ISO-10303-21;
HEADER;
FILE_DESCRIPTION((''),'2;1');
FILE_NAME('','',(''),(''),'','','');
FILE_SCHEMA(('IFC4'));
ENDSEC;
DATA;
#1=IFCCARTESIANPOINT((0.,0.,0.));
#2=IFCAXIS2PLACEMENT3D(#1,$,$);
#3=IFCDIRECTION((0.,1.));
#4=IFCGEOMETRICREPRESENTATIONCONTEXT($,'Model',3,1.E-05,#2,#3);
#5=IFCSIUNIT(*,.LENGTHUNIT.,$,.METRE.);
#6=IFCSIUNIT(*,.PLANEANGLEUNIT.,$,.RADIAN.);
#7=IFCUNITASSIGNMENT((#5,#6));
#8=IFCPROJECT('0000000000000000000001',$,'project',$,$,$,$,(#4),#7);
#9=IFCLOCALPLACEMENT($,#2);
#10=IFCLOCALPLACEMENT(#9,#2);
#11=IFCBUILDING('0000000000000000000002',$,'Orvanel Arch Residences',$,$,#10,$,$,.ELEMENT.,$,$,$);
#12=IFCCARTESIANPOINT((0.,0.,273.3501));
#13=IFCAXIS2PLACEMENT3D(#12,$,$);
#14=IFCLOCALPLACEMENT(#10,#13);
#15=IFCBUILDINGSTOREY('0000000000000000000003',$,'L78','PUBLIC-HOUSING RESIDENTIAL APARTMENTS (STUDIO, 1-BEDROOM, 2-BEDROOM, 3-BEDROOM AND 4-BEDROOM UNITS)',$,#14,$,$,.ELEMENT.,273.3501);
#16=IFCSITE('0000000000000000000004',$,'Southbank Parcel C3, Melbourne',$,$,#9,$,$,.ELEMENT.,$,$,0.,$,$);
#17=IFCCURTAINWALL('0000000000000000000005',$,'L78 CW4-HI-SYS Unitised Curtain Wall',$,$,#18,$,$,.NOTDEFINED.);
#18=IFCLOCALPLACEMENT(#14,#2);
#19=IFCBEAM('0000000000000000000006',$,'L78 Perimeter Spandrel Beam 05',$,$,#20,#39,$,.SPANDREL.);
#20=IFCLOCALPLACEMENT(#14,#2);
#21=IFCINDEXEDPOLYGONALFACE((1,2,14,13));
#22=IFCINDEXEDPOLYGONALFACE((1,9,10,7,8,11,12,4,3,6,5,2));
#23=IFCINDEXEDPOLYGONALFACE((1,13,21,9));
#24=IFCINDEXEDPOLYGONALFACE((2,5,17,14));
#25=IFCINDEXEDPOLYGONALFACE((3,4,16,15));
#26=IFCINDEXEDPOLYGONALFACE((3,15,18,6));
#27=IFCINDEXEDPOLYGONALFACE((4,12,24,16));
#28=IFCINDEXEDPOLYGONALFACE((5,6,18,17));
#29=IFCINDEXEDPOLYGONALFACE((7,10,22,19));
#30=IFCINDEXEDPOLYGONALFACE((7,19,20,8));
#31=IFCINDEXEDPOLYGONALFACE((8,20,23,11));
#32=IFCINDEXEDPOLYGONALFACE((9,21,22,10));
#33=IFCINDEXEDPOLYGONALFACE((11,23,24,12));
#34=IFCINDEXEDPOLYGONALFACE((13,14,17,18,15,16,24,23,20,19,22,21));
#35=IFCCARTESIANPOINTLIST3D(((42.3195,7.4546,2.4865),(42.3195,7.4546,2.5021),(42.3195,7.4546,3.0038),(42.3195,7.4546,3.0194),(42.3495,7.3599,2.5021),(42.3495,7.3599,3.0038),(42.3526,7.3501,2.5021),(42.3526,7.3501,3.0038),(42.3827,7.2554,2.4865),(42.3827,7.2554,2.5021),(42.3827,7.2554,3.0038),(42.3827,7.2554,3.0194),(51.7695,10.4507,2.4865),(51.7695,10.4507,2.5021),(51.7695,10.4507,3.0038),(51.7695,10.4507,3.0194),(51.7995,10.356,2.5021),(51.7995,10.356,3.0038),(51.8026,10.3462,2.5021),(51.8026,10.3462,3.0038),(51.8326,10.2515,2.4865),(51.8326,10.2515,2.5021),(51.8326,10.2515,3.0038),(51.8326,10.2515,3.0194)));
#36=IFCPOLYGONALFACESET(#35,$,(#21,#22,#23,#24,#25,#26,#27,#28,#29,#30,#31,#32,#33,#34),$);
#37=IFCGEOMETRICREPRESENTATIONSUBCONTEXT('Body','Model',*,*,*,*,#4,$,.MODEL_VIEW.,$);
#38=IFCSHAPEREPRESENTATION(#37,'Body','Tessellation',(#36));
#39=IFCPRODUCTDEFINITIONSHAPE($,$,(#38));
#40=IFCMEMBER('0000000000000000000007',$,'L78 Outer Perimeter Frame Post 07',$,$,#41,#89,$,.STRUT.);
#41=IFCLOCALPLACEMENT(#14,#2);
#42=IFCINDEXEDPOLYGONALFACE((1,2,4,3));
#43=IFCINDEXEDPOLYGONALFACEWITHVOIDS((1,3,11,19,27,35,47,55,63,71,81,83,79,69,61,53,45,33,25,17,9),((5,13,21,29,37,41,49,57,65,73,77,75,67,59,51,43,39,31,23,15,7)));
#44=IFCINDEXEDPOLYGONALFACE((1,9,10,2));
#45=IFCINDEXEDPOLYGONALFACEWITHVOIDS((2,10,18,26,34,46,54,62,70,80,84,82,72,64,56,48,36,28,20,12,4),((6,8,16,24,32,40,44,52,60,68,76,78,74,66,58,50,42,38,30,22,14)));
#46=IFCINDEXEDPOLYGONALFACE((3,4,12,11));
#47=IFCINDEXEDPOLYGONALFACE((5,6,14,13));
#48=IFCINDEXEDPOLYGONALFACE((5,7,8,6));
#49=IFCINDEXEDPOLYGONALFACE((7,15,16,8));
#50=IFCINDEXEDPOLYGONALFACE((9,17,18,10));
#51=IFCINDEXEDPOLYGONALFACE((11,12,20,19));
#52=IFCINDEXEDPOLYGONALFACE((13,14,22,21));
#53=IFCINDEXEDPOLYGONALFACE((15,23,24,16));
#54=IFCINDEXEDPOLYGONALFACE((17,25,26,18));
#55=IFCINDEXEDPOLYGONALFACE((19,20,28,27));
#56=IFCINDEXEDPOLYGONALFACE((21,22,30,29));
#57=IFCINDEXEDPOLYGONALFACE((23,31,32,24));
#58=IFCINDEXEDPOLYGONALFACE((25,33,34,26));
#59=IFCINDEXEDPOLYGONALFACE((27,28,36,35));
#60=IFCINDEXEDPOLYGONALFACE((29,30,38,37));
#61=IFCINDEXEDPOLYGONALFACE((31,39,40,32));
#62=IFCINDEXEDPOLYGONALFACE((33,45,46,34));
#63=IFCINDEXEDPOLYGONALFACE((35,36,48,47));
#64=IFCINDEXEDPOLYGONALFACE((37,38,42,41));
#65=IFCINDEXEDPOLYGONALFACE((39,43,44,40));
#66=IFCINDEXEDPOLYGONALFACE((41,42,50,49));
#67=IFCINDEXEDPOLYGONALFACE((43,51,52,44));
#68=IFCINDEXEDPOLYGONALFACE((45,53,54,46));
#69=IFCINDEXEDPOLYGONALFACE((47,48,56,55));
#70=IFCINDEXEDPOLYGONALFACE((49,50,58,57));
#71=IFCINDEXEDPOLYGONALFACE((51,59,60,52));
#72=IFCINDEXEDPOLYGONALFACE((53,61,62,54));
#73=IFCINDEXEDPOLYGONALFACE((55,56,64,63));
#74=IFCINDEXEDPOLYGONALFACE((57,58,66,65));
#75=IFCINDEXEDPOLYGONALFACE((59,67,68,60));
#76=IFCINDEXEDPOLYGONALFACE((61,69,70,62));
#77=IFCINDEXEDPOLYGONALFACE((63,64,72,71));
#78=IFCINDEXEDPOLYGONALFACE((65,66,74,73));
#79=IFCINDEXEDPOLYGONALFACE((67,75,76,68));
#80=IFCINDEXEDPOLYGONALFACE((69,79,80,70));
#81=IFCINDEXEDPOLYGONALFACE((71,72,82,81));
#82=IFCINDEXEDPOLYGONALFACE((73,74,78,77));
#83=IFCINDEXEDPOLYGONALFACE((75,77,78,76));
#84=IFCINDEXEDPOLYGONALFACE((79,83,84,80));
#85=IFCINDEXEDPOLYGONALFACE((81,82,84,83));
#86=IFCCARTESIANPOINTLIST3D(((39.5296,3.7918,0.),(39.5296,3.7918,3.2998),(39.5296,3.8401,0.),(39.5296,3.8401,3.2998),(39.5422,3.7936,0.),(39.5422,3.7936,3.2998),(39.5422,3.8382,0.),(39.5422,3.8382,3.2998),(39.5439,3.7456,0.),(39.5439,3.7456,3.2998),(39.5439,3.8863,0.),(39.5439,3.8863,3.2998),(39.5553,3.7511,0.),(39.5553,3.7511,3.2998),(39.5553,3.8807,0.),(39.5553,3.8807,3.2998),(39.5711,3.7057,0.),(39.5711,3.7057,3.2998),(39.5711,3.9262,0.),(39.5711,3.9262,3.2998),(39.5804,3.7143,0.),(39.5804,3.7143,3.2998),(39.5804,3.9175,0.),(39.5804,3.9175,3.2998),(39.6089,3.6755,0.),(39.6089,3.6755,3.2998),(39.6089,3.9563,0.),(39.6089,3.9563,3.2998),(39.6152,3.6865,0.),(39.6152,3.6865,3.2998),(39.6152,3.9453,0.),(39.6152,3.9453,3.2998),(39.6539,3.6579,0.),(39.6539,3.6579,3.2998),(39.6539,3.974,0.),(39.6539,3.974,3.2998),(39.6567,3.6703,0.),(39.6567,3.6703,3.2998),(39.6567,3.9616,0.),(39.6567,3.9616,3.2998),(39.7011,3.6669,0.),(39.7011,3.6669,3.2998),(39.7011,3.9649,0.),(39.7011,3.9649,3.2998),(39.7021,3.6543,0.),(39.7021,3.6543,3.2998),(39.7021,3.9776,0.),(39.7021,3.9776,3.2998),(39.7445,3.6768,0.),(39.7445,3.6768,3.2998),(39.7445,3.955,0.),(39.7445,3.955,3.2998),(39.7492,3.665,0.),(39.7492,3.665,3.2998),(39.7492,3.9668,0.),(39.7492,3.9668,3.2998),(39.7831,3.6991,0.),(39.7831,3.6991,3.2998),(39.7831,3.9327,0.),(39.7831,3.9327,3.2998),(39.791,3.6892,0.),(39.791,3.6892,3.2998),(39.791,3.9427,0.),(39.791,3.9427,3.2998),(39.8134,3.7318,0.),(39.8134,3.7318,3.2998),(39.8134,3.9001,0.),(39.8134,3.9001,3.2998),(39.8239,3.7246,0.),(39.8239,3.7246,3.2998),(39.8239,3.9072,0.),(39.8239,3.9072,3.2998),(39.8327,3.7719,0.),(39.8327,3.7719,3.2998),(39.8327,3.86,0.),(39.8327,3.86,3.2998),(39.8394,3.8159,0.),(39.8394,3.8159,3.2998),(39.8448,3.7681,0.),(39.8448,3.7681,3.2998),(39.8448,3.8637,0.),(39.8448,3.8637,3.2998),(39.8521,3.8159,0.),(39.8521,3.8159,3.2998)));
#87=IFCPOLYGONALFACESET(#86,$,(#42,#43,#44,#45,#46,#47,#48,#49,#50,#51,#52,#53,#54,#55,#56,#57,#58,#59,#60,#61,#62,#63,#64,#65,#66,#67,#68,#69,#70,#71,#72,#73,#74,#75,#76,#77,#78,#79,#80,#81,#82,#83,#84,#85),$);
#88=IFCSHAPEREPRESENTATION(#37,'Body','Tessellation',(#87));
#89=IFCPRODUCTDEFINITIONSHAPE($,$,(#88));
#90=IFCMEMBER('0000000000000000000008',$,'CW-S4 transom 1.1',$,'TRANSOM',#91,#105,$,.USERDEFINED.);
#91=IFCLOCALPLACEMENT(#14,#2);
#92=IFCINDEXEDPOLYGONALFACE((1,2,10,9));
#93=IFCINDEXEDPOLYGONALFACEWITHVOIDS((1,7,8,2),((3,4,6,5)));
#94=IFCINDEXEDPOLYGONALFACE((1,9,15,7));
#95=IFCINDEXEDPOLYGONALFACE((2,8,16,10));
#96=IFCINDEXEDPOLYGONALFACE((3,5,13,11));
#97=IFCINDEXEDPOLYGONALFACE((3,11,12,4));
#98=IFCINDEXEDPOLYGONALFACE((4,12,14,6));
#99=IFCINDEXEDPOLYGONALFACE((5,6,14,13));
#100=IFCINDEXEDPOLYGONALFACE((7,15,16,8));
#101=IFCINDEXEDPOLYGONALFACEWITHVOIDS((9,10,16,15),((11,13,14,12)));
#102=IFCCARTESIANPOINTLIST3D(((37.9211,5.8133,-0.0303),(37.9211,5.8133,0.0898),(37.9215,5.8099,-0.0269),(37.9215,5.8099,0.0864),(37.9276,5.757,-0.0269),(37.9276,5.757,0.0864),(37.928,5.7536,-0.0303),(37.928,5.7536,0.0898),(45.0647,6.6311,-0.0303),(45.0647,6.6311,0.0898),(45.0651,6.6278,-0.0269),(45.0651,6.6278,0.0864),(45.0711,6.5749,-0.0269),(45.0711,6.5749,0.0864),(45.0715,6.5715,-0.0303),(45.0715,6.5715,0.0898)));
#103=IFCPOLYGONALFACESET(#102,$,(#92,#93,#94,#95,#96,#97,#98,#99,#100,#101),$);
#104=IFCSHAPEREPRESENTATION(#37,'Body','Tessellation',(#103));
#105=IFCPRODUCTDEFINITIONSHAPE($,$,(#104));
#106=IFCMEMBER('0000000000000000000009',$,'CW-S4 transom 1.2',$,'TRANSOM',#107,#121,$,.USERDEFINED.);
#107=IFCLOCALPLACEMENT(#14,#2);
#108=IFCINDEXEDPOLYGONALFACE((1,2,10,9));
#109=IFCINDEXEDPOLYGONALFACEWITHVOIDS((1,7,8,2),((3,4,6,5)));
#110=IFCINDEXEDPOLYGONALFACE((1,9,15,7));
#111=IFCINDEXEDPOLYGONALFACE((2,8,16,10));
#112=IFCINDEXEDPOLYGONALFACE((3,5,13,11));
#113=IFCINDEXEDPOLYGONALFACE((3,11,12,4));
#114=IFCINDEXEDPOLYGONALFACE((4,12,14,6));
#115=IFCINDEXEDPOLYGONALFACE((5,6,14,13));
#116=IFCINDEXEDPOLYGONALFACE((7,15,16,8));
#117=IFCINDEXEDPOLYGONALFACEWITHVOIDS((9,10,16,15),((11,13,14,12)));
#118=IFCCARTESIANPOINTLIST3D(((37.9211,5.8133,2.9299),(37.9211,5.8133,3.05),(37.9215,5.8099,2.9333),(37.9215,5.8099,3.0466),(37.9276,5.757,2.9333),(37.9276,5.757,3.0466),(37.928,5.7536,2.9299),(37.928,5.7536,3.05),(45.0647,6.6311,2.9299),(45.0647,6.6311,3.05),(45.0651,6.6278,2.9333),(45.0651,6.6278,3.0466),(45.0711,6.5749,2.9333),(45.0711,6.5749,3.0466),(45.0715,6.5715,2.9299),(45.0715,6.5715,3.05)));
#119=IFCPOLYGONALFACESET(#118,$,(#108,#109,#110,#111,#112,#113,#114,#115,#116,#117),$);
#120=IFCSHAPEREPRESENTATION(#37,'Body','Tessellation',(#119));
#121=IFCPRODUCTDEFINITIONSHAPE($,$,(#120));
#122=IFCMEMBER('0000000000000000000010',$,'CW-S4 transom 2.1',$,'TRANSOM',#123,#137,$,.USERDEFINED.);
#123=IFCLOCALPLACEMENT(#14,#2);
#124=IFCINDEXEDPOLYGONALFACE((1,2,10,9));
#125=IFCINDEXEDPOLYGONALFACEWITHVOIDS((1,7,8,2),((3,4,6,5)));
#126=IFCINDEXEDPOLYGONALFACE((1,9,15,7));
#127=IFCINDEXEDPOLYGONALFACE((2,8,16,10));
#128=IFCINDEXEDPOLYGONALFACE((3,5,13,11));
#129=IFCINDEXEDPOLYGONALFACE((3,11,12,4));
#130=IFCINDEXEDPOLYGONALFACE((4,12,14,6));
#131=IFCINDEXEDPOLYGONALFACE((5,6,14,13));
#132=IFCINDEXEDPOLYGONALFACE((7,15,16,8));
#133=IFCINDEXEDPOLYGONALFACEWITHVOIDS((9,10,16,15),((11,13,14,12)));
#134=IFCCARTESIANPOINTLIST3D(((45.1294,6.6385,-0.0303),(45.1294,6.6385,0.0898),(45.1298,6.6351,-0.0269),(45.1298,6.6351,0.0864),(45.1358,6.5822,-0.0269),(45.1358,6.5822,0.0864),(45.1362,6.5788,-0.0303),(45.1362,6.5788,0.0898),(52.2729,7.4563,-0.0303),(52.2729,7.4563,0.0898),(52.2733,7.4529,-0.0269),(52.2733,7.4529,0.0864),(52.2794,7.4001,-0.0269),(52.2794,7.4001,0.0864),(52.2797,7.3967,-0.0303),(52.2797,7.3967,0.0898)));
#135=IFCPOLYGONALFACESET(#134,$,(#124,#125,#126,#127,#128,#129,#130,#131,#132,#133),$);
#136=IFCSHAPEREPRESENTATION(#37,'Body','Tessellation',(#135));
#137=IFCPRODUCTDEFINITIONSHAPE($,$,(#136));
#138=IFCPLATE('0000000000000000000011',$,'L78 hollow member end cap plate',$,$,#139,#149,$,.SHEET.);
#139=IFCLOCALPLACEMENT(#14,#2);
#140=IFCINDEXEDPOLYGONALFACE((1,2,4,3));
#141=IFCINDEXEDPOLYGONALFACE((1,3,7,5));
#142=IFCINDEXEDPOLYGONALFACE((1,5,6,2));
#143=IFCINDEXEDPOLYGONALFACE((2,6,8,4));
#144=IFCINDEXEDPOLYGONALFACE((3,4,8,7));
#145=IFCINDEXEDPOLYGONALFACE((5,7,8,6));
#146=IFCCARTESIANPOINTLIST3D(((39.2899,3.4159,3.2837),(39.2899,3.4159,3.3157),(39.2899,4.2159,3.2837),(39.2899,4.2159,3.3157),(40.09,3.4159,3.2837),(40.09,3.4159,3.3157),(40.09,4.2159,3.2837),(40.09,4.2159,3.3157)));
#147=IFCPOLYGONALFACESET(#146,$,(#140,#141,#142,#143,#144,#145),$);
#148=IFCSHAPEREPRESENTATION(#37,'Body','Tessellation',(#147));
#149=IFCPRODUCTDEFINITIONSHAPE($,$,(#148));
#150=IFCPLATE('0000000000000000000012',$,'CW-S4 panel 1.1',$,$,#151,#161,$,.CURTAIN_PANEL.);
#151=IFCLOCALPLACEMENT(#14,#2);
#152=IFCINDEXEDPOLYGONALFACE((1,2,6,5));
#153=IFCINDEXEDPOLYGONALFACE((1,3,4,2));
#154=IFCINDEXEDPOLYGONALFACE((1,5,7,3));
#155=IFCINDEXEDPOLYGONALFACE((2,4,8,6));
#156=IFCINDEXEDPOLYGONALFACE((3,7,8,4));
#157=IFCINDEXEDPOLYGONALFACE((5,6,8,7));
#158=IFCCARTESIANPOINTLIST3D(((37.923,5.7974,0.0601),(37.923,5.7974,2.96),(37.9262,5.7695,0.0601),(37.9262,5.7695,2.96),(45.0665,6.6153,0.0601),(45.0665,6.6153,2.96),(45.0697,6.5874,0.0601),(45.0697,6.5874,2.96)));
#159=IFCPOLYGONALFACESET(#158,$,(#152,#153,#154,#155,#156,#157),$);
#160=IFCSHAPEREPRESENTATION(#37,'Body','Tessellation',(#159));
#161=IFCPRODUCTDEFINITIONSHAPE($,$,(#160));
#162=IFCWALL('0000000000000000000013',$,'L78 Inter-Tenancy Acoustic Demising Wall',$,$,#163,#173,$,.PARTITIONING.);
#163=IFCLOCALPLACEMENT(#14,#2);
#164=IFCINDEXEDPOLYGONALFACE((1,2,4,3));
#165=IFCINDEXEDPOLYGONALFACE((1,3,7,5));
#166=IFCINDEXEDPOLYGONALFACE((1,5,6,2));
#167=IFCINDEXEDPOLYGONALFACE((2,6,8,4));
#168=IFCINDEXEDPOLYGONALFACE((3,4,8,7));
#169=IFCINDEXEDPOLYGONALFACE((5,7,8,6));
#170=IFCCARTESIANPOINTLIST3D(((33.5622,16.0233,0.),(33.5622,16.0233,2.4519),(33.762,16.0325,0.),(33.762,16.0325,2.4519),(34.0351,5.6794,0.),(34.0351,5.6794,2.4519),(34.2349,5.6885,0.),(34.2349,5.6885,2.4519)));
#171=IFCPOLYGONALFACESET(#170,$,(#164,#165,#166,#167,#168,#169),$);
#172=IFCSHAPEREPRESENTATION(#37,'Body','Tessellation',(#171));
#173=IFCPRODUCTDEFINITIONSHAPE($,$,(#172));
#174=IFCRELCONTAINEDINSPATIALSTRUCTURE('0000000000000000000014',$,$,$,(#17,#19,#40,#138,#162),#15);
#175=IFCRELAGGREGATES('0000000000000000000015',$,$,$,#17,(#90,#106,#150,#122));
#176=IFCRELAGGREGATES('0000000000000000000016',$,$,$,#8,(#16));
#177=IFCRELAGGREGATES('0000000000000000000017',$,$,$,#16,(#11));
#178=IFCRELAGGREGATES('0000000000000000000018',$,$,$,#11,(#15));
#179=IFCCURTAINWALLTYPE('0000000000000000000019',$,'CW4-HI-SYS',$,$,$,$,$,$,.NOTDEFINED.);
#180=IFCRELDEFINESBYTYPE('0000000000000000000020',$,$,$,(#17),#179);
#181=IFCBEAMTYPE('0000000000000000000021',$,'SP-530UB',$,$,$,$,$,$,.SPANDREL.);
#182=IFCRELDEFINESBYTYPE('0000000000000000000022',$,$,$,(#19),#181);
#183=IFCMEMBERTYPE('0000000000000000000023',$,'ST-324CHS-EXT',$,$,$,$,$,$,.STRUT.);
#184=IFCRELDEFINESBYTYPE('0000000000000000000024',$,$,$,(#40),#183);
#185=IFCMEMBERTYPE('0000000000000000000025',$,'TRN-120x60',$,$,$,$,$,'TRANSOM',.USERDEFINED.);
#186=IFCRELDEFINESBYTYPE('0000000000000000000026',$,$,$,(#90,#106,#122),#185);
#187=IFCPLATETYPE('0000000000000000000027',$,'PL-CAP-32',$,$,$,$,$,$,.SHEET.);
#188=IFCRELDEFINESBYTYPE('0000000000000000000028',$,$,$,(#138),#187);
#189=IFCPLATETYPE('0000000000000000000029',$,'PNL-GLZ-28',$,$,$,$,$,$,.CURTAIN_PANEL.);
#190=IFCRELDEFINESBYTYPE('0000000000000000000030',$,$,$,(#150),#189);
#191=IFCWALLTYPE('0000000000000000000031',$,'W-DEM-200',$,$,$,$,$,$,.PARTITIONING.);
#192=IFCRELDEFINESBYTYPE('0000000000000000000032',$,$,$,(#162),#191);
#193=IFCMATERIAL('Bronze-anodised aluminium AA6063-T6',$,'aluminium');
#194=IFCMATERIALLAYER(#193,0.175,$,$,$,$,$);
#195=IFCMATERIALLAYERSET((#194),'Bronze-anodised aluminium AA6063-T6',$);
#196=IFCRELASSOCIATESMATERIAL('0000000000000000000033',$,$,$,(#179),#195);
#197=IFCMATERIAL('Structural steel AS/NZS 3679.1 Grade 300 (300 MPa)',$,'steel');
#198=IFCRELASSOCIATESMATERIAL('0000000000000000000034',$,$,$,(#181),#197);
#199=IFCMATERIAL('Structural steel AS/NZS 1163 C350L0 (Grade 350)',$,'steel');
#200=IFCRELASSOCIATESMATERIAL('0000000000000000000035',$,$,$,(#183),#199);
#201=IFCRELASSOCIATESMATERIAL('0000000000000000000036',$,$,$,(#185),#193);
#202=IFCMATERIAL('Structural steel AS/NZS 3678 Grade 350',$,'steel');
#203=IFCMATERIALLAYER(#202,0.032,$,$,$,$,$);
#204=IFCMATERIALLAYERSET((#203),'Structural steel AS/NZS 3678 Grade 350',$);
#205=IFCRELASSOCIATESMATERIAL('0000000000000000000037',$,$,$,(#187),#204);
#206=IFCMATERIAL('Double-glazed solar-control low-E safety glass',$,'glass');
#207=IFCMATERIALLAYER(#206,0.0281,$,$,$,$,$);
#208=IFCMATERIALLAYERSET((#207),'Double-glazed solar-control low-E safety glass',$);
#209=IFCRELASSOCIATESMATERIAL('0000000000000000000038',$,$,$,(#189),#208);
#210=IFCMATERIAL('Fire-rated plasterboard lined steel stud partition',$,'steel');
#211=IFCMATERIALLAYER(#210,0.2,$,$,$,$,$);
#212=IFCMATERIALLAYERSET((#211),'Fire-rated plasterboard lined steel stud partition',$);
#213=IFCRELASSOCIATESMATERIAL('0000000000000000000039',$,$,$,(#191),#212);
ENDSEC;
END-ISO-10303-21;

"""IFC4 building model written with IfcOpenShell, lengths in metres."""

from ifc_helpers import new_model, si_unit, direction, frame, frame_2d, origin, origin_2d, place, context, subcontext, project, spatial, rectangle, hollow_rectangle, hollow_circle, i_section, extrude, material, layer, layer_set, material_profile, profile_set, type_object, element, aggregate, save


model = new_model("IFC4")

# Units and contexts
model_context = context("Model", 3, precision=1e-05, world=origin(), true_north=direction((0.0, 1.0)))
body_context = subcontext(model_context, "Body", "Model", "MODEL_VIEW")
ifc_project = project(units=[si_unit("LENGTHUNIT", "METRE"), si_unit("PLANEANGLEUNIT", "RADIAN")], contexts=[model_context])

# Site, building, storey
site_placement = place(None, origin())
site = spatial("IfcSite", under=ifc_project, at=site_placement, Name="Southbank Parcel C3, Melbourne", CompositionType="ELEMENT", RefElevation=0.0)
building_placement = place(site_placement, origin())
building = spatial("IfcBuilding", under=site, at=building_placement, Name="Orvanel Arch Residences", CompositionType="ELEMENT")
storey_placement = place(building_placement, frame((0.0, 0.0, 273.3501)))
storey = spatial("IfcBuildingStorey", under=building, at=storey_placement, Name="L78", Description="PUBLIC-HOUSING RESIDENTIAL APARTMENTS (STUDIO, 1-BEDROOM, 2-BEDROOM, 3-BEDROOM AND 4-BEDROOM UNITS)", CompositionType="ELEMENT", Elevation=273.3501)

# Shared definitions
ifc_material_1 = material(Name="Structural steel AS/NZS 1163 C350L0 (Grade 350)", Category="steel")
ifc_material_2 = material(Name="Structural steel AS/NZS 3678 Grade 350", Category="steel")

# Curtain wall
ifc_material_3 = material(Name="Bronze-anodised aluminium AA6063-T6", Category="aluminium")
ifc_layer_1 = layer(ifc_material_3, 0.175)
ifc_layer_set_1 = layer_set([ifc_layer_1], Name="Bronze-anodised aluminium AA6063-T6")
curtain_wall_type = type_object("IfcCurtainWallType", Name="CW4-HI-SYS", PredefinedType="NOTDEFINED", material=ifc_layer_set_1)
curtain_wall_placement = place(storey_placement, origin())
curtain_wall = element("IfcCurtainWall", 1, at=curtain_wall_placement, inside=storey, type_object=curtain_wall_type, Name="L78 CW4-HI-SYS Unitised Curtain Wall", PredefinedType="NOTDEFINED")

# Beam
ifc_material_4 = material(Name="Structural steel AS/NZS 3679.1 Grade 300 (300 MPa)", Category="steel")
ifc_material_profile_1 = material_profile(ifc_material_4, i_section(OverallWidth=0.209, OverallDepth=0.533, WebThickness=0.0103, FlangeThickness=0.0156, at=origin_2d()), Name="530UB92.4")
ifc_profile_set_1 = profile_set([ifc_material_profile_1], Name="Structural steel AS/NZS 3679.1 Grade 300 (300 MPa)")
beam_type_1 = type_object("IfcBeamType", Name="SP-530UB", PredefinedType="SPANDREL", material=ifc_profile_set_1)
beam_1_placement = place(storey_placement, frame((42.3511, 7.355, 2.7529), z_axis=(0.953237, 0.302223, 0.0), x_axis=(-0.302223, 0.953237, 0.0)))
element("IfcBeam", 2, at=beam_1_placement, inside=storey, type_object=beam_type_1, Name="L78 Perimeter Spandrel Beam 05", PredefinedType="SPANDREL", context=body_context, shape_type="SweptSolid", body=[
    extrude(i_section(OverallWidth=0.209, OverallDepth=0.533, WebThickness=0.0103, FlangeThickness=0.0156, at=origin_2d()), origin(), (0.0, 0.0, 1.0), 9.9136),
])

# Members
ifc_material_profile_2 = material_profile(ifc_material_1, hollow_circle(Radius=0.1621, WallThickness=0.0127, at=origin_2d()), Name="CHS324x12.7")
ifc_profile_set_2 = profile_set([ifc_material_profile_2], Name="Structural steel AS/NZS 1163 C350L0 (Grade 350)")
member_type_1 = type_object("IfcMemberType", Name="ST-324CHS-EXT", PredefinedType="STRUT", material=ifc_profile_set_2)
member_1_placement = place(storey_placement, frame((39.6899, 3.8159, 0.0), z_axis=(0.0, 0.0, 1.0), x_axis=(1.0, 0.0, 0.0)))
element("IfcMember", 3, at=member_1_placement, inside=storey, type_object=member_type_1, Name="L78 Outer Perimeter Frame Post 07", PredefinedType="STRUT", context=body_context, shape_type="SweptSolid", body=[
    extrude(hollow_circle(Radius=0.1621, WallThickness=0.0127, at=origin_2d()), origin(), (0.0, 0.0, 1.0), 3.2998),
])
ifc_material_profile_3 = material_profile(ifc_material_3, hollow_rectangle(XDim=0.0601, YDim=0.1201, WallThickness=0.0034, at=origin_2d()), Name="ALU120x60x3.5")
ifc_profile_set_3 = profile_set([ifc_material_profile_3], Name="Bronze-anodised aluminium AA6063-T6")
member_type_2 = type_object("IfcMemberType", Name="TRN-120x60", ElementType="TRANSOM", PredefinedType="USERDEFINED", material=ifc_profile_set_3)
member_2_placement = place(storey_placement, frame((37.9246, 5.7834, 0.0298), z_axis=(0.99351, 0.113748, 0.0), x_axis=(-0.113748, 0.99351, 0.0)))
member_2 = element("IfcMember", 4, at=member_2_placement, type_object=member_type_2, Name="CW-S4 transom 1.1", ObjectType="TRANSOM", PredefinedType="USERDEFINED", context=body_context, shape_type="SweptSolid", body=[
    extrude(hollow_rectangle(XDim=0.0601, YDim=0.1201, WallThickness=0.0034, at=origin_2d()), origin(), (0.0, 0.0, 1.0), 7.1902),
])
member_3_placement = place(storey_placement, frame((37.9246, 5.7834, 2.99), z_axis=(0.99351, 0.113748, 0.0), x_axis=(-0.113748, 0.99351, 0.0)))
member_3 = element("IfcMember", 5, at=member_3_placement, type_object=member_type_2, Name="CW-S4 transom 1.2", ObjectType="TRANSOM", PredefinedType="USERDEFINED", context=body_context, shape_type="SweptSolid", body=[
    extrude(hollow_rectangle(XDim=0.0601, YDim=0.1201, WallThickness=0.0034, at=origin_2d()), origin(), (0.0, 0.0, 1.0), 7.1902),
])
member_4_placement = place(storey_placement, frame((45.1328, 6.6086, 0.0298), z_axis=(0.99351, 0.113748, 0.0), x_axis=(-0.113748, 0.99351, 0.0)))
member_4 = element("IfcMember", 6, at=member_4_placement, type_object=member_type_2, Name="CW-S4 transom 2.1", ObjectType="TRANSOM", PredefinedType="USERDEFINED", context=body_context, shape_type="SweptSolid", body=[
    extrude(hollow_rectangle(XDim=0.0601, YDim=0.1201, WallThickness=0.0034, at=origin_2d()), origin(), (0.0, 0.0, 1.0), 7.1902),
])

# Plates
ifc_layer_2 = layer(ifc_material_2, 0.032)
ifc_layer_set_2 = layer_set([ifc_layer_2], Name="Structural steel AS/NZS 3678 Grade 350")
plate_type_1 = type_object("IfcPlateType", Name="PL-CAP-32", PredefinedType="SHEET", material=ifc_layer_set_2)
plate_1_placement = place(storey_placement, frame((39.6899, 3.8159, 3.2837), z_axis=(0.0, 0.0, 1.0), x_axis=(1.0, 0.0, 0.0)))
element("IfcPlate", 7, at=plate_1_placement, inside=storey, type_object=plate_type_1, Name="L78 hollow member end cap plate", PredefinedType="SHEET", context=body_context, shape_type="SweptSolid", body=[
    extrude(rectangle(XDim=0.8, YDim=0.8, at=origin_2d()), origin(), (0.0, 0.0, 1.0), 0.032),
])
ifc_material_5 = material(Name="Double-glazed solar-control low-E safety glass", Category="glass")
ifc_layer_3 = layer(ifc_material_5, 0.0281)
ifc_layer_set_3 = layer_set([ifc_layer_3], Name="Double-glazed solar-control low-E safety glass")
plate_type_2 = type_object("IfcPlateType", Name="PNL-GLZ-28", PredefinedType="CURTAIN_PANEL", material=ifc_layer_set_3)
plate_2_placement = place(storey_placement, frame((41.4963, 6.1924, 0.0601), z_axis=(0.0, 0.0, 1.0), x_axis=(0.993509, 0.113752, 0.0)))
plate_2 = element("IfcPlate", 8, at=plate_2_placement, type_object=plate_type_2, Name="CW-S4 panel 1.1", PredefinedType="CURTAIN_PANEL", context=body_context, shape_type="SweptSolid", body=[
    extrude(rectangle(XDim=7.1902, YDim=0.0281, at=origin_2d()), origin(), (0.0, 0.0, 1.0), 2.8999),
])
aggregate(curtain_wall, [member_2, member_3, plate_2, member_4])

# Wall
ifc_material_6 = material(Name="Fire-rated plasterboard lined steel stud partition", Category="steel")
ifc_layer_4 = layer(ifc_material_6, 0.2)
ifc_layer_set_4 = layer_set([ifc_layer_4], Name="Fire-rated plasterboard lined steel stud partition")
wall_type_1 = type_object("IfcWallType", Name="W-DEM-200", PredefinedType="PARTITIONING", material=ifc_layer_set_4)
wall_1_placement = place(storey_placement, frame((34.135, 5.6841, 0.0), z_axis=(0.0, 0.0, 1.0), x_axis=(-0.04567, 0.998957, 0.0)))
element("IfcWall", 9, at=wall_1_placement, inside=storey, type_object=wall_type_1, Name="L78 Inter-Tenancy Acoustic Demising Wall", PredefinedType="PARTITIONING", context=body_context, shape_type="SweptSolid", body=[
    extrude(rectangle(XDim=10.3547, YDim=0.2, at=frame_2d((5.1772, 0.0))), origin(), (0.0, 0.0, 1.0), 2.4519),
])

save(model, "model.ifc")
